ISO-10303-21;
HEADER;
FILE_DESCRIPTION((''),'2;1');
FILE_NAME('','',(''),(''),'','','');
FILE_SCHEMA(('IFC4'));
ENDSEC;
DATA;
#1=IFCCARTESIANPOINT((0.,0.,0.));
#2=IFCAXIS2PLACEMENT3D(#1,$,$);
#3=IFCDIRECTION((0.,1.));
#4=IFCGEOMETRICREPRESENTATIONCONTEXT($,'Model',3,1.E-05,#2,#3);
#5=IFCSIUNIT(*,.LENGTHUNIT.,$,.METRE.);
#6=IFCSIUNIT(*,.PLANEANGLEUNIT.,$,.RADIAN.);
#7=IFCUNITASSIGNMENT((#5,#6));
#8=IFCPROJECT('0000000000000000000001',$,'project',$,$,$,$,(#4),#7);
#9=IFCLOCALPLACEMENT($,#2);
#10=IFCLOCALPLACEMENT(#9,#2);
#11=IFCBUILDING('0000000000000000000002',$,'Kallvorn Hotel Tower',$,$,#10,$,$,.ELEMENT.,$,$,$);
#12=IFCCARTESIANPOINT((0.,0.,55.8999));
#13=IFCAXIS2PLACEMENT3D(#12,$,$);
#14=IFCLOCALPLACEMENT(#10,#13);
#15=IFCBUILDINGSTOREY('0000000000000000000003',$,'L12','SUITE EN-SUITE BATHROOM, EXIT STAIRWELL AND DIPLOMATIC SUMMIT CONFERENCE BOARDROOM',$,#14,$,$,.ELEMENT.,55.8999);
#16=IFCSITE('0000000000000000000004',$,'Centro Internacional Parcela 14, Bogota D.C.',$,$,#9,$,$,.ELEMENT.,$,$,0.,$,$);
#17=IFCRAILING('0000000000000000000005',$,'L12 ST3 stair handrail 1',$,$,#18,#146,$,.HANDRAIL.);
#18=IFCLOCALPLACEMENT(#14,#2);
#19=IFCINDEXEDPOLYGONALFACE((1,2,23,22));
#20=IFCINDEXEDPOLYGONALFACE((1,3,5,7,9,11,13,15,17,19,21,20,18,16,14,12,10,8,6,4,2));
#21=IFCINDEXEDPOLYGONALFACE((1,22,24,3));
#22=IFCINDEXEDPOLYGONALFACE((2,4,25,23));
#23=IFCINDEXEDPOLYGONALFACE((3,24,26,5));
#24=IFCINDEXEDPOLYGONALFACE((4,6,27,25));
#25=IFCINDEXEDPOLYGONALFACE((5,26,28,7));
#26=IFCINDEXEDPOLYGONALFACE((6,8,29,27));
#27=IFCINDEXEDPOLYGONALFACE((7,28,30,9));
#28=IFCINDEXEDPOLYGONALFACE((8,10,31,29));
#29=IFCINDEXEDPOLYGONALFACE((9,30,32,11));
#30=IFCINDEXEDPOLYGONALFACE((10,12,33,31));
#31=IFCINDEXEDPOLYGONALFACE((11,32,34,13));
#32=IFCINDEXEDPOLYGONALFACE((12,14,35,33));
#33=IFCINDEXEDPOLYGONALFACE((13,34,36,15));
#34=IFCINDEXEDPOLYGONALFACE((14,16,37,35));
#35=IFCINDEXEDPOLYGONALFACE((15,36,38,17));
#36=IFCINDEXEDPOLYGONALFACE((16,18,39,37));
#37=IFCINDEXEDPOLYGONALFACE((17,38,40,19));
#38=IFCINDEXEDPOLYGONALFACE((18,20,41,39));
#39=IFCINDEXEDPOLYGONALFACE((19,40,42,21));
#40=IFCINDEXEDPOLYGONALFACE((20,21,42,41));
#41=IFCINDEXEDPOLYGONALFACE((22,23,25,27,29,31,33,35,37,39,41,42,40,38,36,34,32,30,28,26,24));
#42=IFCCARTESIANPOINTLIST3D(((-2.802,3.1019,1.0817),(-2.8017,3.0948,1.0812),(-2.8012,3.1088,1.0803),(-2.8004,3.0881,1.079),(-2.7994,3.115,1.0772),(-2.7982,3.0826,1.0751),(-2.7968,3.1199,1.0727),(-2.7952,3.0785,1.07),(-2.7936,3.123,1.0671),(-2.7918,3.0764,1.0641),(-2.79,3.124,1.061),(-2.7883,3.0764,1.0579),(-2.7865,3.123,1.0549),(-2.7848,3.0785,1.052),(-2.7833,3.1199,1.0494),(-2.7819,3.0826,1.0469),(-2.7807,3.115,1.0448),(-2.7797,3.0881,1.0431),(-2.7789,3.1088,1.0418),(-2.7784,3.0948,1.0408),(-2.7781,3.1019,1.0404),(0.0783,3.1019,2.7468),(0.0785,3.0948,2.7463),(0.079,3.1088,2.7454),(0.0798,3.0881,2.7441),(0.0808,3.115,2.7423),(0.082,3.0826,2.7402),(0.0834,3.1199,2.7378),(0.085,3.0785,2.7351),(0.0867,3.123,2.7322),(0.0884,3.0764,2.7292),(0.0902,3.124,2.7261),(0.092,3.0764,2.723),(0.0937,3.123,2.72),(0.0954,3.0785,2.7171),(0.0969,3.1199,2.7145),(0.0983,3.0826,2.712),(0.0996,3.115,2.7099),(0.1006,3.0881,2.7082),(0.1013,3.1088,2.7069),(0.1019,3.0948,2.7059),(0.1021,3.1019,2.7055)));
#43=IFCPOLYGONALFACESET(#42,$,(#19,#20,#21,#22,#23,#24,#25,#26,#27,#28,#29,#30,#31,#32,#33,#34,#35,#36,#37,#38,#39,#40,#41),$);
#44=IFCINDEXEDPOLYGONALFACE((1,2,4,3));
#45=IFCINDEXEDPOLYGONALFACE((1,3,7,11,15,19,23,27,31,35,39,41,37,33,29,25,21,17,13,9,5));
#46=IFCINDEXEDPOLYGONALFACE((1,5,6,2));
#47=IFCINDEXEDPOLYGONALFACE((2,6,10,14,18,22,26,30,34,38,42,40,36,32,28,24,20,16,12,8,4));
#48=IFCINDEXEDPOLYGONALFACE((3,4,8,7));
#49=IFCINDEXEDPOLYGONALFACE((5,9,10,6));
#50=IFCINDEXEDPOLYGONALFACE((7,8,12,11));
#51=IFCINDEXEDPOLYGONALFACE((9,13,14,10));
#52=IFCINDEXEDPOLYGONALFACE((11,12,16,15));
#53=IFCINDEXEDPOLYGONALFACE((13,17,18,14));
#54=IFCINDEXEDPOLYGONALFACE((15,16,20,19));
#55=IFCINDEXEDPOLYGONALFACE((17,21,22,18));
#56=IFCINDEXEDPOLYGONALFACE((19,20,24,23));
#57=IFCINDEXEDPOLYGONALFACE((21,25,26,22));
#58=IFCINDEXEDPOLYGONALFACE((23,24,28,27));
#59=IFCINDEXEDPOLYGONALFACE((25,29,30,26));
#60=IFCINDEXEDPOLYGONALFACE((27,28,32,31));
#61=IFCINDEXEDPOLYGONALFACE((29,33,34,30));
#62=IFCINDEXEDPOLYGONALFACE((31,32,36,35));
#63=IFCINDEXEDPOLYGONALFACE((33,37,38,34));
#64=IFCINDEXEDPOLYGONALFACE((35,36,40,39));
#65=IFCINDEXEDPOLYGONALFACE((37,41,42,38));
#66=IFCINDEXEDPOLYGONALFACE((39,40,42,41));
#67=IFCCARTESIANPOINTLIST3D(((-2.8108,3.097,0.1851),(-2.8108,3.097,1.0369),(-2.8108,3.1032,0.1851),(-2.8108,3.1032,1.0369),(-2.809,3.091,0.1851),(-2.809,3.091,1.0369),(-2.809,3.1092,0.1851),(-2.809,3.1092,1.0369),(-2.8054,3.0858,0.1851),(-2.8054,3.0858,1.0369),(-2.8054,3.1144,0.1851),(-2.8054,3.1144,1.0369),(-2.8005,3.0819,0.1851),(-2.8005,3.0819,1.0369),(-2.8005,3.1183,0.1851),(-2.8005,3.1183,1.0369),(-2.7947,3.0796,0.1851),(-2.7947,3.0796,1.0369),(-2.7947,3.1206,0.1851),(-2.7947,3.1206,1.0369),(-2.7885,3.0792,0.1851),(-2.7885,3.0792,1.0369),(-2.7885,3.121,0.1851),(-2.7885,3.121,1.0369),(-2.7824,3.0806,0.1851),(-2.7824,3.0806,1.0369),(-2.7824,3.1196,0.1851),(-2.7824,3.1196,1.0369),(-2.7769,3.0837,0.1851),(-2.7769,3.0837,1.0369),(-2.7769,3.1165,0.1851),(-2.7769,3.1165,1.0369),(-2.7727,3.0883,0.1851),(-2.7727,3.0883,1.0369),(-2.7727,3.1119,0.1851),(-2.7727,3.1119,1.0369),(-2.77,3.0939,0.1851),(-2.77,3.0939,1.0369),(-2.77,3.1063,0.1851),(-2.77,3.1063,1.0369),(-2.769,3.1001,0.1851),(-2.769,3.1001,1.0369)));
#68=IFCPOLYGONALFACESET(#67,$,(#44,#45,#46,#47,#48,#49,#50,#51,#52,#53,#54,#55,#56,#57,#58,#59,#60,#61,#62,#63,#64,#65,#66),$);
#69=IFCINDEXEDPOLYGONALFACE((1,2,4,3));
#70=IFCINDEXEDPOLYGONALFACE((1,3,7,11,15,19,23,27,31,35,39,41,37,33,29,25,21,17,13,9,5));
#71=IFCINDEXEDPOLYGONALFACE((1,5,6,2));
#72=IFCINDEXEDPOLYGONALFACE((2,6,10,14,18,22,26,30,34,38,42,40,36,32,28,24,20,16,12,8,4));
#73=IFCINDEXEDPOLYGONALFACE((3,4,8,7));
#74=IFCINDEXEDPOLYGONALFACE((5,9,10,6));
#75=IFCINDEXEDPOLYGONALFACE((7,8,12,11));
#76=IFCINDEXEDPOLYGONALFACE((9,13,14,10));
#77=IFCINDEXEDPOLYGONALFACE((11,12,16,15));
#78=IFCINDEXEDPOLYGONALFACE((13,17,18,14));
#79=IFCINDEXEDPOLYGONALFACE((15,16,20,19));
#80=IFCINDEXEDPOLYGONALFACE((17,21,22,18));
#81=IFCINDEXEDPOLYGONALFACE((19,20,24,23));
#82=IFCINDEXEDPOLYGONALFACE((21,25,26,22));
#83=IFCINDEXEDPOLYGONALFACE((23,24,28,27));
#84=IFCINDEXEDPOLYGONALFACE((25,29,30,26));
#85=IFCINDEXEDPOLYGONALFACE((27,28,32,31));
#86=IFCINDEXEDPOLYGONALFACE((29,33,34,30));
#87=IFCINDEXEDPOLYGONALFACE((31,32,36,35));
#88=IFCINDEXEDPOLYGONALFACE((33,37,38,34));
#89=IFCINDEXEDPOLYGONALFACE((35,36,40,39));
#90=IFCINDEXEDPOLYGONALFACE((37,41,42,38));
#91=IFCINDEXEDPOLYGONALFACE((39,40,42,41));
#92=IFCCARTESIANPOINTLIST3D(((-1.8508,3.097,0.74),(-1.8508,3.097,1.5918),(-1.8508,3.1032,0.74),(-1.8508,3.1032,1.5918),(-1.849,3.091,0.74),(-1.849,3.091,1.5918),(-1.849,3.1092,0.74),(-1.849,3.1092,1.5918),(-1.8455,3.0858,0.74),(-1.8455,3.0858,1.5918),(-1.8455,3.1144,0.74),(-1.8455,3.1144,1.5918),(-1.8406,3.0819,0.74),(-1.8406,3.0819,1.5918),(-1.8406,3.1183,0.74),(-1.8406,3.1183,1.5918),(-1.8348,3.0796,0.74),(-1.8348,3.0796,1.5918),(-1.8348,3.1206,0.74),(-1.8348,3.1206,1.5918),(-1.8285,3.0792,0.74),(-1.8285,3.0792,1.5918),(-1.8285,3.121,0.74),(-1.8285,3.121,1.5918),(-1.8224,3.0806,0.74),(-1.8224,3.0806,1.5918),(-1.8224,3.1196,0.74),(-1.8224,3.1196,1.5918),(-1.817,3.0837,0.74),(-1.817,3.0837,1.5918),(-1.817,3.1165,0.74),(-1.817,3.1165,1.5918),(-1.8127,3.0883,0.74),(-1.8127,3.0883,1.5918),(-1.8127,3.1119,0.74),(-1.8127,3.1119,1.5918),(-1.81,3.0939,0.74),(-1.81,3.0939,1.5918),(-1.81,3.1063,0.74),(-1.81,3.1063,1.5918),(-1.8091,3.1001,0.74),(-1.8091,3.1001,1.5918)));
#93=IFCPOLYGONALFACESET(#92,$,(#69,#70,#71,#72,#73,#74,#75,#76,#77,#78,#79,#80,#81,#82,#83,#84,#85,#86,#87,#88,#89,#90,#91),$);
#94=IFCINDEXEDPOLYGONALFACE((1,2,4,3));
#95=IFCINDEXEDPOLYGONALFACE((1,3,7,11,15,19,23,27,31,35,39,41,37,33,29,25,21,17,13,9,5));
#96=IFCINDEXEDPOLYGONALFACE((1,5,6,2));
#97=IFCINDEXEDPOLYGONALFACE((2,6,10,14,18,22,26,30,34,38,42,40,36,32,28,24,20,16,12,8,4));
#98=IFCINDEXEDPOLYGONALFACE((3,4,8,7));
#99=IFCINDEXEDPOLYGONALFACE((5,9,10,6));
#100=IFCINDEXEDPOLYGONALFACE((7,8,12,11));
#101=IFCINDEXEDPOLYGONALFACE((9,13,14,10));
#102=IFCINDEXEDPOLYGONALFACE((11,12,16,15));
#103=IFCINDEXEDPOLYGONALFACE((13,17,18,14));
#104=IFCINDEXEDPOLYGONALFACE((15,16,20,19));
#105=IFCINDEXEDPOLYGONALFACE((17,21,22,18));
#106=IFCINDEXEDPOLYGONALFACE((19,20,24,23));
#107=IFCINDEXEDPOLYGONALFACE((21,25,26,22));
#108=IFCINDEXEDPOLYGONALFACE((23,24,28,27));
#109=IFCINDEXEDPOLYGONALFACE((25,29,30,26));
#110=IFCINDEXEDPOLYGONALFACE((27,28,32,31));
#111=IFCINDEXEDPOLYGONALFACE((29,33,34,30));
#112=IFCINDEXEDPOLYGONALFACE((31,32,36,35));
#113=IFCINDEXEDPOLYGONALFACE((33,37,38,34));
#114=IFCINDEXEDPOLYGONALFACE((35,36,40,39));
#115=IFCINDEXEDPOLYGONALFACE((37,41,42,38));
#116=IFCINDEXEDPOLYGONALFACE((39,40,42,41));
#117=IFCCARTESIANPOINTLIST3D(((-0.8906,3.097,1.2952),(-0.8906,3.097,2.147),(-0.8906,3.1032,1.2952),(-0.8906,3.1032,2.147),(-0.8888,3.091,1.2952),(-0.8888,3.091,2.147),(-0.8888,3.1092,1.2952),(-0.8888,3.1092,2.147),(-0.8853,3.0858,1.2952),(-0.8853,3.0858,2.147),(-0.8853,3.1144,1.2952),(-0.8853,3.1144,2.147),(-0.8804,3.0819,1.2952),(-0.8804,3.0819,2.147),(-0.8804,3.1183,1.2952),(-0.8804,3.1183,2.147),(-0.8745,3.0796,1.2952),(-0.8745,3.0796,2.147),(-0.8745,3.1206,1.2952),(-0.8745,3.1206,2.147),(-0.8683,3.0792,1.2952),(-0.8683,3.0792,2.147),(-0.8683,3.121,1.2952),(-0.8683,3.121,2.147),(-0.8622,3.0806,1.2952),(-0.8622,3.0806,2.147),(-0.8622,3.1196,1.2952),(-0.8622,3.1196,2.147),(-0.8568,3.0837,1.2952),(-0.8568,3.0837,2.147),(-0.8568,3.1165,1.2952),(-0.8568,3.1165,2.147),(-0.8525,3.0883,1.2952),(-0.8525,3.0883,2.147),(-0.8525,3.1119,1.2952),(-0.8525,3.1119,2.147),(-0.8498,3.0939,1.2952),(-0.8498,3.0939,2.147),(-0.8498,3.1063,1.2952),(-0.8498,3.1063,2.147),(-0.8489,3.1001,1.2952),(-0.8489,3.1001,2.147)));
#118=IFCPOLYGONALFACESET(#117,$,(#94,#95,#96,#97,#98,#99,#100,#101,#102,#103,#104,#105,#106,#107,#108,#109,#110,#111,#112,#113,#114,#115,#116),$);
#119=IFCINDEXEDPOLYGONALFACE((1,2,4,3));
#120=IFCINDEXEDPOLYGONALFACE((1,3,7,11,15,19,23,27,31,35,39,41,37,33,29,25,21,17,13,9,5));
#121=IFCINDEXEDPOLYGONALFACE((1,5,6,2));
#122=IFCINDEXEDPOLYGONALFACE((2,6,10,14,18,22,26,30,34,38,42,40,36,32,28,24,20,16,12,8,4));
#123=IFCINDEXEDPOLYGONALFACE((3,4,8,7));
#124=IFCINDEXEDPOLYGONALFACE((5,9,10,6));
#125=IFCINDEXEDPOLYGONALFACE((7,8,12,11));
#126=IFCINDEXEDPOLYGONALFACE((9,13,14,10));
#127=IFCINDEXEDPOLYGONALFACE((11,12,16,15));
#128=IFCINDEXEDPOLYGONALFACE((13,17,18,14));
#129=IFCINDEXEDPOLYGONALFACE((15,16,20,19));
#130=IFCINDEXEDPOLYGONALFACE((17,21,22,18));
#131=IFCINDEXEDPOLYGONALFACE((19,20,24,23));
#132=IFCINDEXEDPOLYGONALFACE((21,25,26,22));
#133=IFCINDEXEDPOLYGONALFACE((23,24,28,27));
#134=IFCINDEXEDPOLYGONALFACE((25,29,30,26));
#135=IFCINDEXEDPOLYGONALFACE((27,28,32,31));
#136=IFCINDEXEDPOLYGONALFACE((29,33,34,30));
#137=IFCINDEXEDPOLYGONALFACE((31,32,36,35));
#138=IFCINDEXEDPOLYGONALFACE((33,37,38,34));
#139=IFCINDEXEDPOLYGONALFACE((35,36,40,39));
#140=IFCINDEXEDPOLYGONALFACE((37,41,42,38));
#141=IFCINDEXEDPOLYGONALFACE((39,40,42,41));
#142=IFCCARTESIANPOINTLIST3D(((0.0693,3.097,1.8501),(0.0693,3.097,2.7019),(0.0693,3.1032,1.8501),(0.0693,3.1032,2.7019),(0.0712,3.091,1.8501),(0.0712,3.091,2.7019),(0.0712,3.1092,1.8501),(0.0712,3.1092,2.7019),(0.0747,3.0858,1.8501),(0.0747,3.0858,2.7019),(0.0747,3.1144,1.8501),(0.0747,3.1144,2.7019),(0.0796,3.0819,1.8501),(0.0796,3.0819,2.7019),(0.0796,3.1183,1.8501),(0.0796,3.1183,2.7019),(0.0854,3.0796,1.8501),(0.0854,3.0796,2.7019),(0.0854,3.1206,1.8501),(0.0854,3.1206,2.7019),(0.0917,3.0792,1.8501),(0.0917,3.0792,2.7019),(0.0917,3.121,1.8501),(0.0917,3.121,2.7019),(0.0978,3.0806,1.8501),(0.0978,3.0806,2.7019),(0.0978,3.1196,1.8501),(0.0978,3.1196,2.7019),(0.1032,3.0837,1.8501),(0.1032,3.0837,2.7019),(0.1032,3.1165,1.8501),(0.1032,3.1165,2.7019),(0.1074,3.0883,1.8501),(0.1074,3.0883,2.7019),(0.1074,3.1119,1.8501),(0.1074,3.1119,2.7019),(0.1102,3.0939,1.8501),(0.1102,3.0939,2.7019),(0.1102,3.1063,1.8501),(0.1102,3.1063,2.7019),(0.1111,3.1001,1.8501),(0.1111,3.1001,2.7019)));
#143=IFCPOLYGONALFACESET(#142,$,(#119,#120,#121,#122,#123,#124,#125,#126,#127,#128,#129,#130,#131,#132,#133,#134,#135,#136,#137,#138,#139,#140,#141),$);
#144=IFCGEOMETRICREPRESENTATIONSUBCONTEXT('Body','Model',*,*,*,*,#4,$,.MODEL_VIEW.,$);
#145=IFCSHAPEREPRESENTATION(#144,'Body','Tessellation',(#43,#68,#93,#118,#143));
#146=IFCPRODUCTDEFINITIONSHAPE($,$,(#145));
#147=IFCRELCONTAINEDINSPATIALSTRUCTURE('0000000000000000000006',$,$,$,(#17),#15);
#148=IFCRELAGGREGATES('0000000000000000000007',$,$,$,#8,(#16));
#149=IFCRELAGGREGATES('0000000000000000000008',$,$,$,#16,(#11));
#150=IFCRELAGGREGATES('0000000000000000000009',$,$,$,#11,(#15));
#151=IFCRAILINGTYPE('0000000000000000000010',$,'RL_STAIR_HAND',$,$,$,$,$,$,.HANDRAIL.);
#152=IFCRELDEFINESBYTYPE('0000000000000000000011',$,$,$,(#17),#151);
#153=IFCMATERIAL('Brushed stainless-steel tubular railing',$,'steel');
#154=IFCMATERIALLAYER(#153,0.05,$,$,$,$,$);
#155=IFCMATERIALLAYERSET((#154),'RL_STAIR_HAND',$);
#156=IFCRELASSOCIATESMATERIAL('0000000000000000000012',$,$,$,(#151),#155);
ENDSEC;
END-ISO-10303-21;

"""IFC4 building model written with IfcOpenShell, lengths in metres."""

from ifc_helpers import new_model, si_unit, direction, frame, origin, origin_2d, place, context, subcontext, project, spatial, circle, extrude, material, layer, layer_set, type_object, element, save


model = new_model("IFC4")

# Units and contexts
model_context = context("Model", 3, precision=1e-05, world=origin(), true_north=direction((0.0, 1.0)))
body_context = subcontext(model_context, "Body", "Model", "MODEL_VIEW")
ifc_project = project(units=[si_unit("LENGTHUNIT", "METRE"), si_unit("PLANEANGLEUNIT", "RADIAN")], contexts=[model_context])

# Site, building, storey
site_placement = place(None, origin())
site = spatial("IfcSite", under=ifc_project, at=site_placement, Name="Centro Internacional Parcela 14, Bogota D.C.", CompositionType="ELEMENT", RefElevation=0.0)
building_placement = place(site_placement, origin())
building = spatial("IfcBuilding", under=site, at=building_placement, Name="Kallvorn Hotel Tower", CompositionType="ELEMENT")
storey_placement = place(building_placement, frame((0.0, 0.0, 55.8999)))
storey = spatial("IfcBuildingStorey", under=building, at=storey_placement, Name="L12", Description="SUITE EN-SUITE BATHROOM, EXIT STAIRWELL AND DIPLOMATIC SUMMIT CONFERENCE BOARDROOM", CompositionType="ELEMENT", Elevation=55.8999)

# Railing
ifc_material_1 = material(Name="Brushed stainless-steel tubular railing", Category="steel")
ifc_layer_1 = layer(ifc_material_1, 0.05)
ifc_layer_set_1 = layer_set([ifc_layer_1], Name="RL_STAIR_HAND")
railing_type_1 = type_object("IfcRailingType", Name="RL_STAIR_HAND", PredefinedType="HANDRAIL", material=ifc_layer_set_1)
railing_1_placement = place(storey_placement, frame((-2.79, 3.1001, 0.1851)))
element("IfcRailing", 1, at=railing_1_placement, inside=storey, type_object=railing_type_1, Name="L12 ST3 stair handrail 1", PredefinedType="HANDRAIL", context=body_context, shape_type="SweptSolid", body=[
    extrude(circle(Radius=0.0239, at=origin_2d()), frame((0.0, 0.0, 0.876), z_axis=(0.865739, 0.0, 0.500495), x_axis=(0.0, 1.0, 0.0)), (0.0, 0.0, 1.0), 3.3269),
    extrude(circle(Radius=0.021, at=origin_2d()), origin(), (0.0, 0.0, 1.0), 0.8518),
    extrude(circle(Radius=0.021, at=origin_2d()), frame((0.96, 0.0, 0.5549)), (0.0, 0.0, 1.0), 0.8518),
    extrude(circle(Radius=0.021, at=origin_2d()), frame((1.9202, 0.0, 1.1101)), (0.0, 0.0, 1.0), 0.8518),
    extrude(circle(Radius=0.021, at=origin_2d()), frame((2.8801, 0.0, 1.665)), (0.0, 0.0, 1.0), 0.8518),
])

save(model, "model.ifc")
